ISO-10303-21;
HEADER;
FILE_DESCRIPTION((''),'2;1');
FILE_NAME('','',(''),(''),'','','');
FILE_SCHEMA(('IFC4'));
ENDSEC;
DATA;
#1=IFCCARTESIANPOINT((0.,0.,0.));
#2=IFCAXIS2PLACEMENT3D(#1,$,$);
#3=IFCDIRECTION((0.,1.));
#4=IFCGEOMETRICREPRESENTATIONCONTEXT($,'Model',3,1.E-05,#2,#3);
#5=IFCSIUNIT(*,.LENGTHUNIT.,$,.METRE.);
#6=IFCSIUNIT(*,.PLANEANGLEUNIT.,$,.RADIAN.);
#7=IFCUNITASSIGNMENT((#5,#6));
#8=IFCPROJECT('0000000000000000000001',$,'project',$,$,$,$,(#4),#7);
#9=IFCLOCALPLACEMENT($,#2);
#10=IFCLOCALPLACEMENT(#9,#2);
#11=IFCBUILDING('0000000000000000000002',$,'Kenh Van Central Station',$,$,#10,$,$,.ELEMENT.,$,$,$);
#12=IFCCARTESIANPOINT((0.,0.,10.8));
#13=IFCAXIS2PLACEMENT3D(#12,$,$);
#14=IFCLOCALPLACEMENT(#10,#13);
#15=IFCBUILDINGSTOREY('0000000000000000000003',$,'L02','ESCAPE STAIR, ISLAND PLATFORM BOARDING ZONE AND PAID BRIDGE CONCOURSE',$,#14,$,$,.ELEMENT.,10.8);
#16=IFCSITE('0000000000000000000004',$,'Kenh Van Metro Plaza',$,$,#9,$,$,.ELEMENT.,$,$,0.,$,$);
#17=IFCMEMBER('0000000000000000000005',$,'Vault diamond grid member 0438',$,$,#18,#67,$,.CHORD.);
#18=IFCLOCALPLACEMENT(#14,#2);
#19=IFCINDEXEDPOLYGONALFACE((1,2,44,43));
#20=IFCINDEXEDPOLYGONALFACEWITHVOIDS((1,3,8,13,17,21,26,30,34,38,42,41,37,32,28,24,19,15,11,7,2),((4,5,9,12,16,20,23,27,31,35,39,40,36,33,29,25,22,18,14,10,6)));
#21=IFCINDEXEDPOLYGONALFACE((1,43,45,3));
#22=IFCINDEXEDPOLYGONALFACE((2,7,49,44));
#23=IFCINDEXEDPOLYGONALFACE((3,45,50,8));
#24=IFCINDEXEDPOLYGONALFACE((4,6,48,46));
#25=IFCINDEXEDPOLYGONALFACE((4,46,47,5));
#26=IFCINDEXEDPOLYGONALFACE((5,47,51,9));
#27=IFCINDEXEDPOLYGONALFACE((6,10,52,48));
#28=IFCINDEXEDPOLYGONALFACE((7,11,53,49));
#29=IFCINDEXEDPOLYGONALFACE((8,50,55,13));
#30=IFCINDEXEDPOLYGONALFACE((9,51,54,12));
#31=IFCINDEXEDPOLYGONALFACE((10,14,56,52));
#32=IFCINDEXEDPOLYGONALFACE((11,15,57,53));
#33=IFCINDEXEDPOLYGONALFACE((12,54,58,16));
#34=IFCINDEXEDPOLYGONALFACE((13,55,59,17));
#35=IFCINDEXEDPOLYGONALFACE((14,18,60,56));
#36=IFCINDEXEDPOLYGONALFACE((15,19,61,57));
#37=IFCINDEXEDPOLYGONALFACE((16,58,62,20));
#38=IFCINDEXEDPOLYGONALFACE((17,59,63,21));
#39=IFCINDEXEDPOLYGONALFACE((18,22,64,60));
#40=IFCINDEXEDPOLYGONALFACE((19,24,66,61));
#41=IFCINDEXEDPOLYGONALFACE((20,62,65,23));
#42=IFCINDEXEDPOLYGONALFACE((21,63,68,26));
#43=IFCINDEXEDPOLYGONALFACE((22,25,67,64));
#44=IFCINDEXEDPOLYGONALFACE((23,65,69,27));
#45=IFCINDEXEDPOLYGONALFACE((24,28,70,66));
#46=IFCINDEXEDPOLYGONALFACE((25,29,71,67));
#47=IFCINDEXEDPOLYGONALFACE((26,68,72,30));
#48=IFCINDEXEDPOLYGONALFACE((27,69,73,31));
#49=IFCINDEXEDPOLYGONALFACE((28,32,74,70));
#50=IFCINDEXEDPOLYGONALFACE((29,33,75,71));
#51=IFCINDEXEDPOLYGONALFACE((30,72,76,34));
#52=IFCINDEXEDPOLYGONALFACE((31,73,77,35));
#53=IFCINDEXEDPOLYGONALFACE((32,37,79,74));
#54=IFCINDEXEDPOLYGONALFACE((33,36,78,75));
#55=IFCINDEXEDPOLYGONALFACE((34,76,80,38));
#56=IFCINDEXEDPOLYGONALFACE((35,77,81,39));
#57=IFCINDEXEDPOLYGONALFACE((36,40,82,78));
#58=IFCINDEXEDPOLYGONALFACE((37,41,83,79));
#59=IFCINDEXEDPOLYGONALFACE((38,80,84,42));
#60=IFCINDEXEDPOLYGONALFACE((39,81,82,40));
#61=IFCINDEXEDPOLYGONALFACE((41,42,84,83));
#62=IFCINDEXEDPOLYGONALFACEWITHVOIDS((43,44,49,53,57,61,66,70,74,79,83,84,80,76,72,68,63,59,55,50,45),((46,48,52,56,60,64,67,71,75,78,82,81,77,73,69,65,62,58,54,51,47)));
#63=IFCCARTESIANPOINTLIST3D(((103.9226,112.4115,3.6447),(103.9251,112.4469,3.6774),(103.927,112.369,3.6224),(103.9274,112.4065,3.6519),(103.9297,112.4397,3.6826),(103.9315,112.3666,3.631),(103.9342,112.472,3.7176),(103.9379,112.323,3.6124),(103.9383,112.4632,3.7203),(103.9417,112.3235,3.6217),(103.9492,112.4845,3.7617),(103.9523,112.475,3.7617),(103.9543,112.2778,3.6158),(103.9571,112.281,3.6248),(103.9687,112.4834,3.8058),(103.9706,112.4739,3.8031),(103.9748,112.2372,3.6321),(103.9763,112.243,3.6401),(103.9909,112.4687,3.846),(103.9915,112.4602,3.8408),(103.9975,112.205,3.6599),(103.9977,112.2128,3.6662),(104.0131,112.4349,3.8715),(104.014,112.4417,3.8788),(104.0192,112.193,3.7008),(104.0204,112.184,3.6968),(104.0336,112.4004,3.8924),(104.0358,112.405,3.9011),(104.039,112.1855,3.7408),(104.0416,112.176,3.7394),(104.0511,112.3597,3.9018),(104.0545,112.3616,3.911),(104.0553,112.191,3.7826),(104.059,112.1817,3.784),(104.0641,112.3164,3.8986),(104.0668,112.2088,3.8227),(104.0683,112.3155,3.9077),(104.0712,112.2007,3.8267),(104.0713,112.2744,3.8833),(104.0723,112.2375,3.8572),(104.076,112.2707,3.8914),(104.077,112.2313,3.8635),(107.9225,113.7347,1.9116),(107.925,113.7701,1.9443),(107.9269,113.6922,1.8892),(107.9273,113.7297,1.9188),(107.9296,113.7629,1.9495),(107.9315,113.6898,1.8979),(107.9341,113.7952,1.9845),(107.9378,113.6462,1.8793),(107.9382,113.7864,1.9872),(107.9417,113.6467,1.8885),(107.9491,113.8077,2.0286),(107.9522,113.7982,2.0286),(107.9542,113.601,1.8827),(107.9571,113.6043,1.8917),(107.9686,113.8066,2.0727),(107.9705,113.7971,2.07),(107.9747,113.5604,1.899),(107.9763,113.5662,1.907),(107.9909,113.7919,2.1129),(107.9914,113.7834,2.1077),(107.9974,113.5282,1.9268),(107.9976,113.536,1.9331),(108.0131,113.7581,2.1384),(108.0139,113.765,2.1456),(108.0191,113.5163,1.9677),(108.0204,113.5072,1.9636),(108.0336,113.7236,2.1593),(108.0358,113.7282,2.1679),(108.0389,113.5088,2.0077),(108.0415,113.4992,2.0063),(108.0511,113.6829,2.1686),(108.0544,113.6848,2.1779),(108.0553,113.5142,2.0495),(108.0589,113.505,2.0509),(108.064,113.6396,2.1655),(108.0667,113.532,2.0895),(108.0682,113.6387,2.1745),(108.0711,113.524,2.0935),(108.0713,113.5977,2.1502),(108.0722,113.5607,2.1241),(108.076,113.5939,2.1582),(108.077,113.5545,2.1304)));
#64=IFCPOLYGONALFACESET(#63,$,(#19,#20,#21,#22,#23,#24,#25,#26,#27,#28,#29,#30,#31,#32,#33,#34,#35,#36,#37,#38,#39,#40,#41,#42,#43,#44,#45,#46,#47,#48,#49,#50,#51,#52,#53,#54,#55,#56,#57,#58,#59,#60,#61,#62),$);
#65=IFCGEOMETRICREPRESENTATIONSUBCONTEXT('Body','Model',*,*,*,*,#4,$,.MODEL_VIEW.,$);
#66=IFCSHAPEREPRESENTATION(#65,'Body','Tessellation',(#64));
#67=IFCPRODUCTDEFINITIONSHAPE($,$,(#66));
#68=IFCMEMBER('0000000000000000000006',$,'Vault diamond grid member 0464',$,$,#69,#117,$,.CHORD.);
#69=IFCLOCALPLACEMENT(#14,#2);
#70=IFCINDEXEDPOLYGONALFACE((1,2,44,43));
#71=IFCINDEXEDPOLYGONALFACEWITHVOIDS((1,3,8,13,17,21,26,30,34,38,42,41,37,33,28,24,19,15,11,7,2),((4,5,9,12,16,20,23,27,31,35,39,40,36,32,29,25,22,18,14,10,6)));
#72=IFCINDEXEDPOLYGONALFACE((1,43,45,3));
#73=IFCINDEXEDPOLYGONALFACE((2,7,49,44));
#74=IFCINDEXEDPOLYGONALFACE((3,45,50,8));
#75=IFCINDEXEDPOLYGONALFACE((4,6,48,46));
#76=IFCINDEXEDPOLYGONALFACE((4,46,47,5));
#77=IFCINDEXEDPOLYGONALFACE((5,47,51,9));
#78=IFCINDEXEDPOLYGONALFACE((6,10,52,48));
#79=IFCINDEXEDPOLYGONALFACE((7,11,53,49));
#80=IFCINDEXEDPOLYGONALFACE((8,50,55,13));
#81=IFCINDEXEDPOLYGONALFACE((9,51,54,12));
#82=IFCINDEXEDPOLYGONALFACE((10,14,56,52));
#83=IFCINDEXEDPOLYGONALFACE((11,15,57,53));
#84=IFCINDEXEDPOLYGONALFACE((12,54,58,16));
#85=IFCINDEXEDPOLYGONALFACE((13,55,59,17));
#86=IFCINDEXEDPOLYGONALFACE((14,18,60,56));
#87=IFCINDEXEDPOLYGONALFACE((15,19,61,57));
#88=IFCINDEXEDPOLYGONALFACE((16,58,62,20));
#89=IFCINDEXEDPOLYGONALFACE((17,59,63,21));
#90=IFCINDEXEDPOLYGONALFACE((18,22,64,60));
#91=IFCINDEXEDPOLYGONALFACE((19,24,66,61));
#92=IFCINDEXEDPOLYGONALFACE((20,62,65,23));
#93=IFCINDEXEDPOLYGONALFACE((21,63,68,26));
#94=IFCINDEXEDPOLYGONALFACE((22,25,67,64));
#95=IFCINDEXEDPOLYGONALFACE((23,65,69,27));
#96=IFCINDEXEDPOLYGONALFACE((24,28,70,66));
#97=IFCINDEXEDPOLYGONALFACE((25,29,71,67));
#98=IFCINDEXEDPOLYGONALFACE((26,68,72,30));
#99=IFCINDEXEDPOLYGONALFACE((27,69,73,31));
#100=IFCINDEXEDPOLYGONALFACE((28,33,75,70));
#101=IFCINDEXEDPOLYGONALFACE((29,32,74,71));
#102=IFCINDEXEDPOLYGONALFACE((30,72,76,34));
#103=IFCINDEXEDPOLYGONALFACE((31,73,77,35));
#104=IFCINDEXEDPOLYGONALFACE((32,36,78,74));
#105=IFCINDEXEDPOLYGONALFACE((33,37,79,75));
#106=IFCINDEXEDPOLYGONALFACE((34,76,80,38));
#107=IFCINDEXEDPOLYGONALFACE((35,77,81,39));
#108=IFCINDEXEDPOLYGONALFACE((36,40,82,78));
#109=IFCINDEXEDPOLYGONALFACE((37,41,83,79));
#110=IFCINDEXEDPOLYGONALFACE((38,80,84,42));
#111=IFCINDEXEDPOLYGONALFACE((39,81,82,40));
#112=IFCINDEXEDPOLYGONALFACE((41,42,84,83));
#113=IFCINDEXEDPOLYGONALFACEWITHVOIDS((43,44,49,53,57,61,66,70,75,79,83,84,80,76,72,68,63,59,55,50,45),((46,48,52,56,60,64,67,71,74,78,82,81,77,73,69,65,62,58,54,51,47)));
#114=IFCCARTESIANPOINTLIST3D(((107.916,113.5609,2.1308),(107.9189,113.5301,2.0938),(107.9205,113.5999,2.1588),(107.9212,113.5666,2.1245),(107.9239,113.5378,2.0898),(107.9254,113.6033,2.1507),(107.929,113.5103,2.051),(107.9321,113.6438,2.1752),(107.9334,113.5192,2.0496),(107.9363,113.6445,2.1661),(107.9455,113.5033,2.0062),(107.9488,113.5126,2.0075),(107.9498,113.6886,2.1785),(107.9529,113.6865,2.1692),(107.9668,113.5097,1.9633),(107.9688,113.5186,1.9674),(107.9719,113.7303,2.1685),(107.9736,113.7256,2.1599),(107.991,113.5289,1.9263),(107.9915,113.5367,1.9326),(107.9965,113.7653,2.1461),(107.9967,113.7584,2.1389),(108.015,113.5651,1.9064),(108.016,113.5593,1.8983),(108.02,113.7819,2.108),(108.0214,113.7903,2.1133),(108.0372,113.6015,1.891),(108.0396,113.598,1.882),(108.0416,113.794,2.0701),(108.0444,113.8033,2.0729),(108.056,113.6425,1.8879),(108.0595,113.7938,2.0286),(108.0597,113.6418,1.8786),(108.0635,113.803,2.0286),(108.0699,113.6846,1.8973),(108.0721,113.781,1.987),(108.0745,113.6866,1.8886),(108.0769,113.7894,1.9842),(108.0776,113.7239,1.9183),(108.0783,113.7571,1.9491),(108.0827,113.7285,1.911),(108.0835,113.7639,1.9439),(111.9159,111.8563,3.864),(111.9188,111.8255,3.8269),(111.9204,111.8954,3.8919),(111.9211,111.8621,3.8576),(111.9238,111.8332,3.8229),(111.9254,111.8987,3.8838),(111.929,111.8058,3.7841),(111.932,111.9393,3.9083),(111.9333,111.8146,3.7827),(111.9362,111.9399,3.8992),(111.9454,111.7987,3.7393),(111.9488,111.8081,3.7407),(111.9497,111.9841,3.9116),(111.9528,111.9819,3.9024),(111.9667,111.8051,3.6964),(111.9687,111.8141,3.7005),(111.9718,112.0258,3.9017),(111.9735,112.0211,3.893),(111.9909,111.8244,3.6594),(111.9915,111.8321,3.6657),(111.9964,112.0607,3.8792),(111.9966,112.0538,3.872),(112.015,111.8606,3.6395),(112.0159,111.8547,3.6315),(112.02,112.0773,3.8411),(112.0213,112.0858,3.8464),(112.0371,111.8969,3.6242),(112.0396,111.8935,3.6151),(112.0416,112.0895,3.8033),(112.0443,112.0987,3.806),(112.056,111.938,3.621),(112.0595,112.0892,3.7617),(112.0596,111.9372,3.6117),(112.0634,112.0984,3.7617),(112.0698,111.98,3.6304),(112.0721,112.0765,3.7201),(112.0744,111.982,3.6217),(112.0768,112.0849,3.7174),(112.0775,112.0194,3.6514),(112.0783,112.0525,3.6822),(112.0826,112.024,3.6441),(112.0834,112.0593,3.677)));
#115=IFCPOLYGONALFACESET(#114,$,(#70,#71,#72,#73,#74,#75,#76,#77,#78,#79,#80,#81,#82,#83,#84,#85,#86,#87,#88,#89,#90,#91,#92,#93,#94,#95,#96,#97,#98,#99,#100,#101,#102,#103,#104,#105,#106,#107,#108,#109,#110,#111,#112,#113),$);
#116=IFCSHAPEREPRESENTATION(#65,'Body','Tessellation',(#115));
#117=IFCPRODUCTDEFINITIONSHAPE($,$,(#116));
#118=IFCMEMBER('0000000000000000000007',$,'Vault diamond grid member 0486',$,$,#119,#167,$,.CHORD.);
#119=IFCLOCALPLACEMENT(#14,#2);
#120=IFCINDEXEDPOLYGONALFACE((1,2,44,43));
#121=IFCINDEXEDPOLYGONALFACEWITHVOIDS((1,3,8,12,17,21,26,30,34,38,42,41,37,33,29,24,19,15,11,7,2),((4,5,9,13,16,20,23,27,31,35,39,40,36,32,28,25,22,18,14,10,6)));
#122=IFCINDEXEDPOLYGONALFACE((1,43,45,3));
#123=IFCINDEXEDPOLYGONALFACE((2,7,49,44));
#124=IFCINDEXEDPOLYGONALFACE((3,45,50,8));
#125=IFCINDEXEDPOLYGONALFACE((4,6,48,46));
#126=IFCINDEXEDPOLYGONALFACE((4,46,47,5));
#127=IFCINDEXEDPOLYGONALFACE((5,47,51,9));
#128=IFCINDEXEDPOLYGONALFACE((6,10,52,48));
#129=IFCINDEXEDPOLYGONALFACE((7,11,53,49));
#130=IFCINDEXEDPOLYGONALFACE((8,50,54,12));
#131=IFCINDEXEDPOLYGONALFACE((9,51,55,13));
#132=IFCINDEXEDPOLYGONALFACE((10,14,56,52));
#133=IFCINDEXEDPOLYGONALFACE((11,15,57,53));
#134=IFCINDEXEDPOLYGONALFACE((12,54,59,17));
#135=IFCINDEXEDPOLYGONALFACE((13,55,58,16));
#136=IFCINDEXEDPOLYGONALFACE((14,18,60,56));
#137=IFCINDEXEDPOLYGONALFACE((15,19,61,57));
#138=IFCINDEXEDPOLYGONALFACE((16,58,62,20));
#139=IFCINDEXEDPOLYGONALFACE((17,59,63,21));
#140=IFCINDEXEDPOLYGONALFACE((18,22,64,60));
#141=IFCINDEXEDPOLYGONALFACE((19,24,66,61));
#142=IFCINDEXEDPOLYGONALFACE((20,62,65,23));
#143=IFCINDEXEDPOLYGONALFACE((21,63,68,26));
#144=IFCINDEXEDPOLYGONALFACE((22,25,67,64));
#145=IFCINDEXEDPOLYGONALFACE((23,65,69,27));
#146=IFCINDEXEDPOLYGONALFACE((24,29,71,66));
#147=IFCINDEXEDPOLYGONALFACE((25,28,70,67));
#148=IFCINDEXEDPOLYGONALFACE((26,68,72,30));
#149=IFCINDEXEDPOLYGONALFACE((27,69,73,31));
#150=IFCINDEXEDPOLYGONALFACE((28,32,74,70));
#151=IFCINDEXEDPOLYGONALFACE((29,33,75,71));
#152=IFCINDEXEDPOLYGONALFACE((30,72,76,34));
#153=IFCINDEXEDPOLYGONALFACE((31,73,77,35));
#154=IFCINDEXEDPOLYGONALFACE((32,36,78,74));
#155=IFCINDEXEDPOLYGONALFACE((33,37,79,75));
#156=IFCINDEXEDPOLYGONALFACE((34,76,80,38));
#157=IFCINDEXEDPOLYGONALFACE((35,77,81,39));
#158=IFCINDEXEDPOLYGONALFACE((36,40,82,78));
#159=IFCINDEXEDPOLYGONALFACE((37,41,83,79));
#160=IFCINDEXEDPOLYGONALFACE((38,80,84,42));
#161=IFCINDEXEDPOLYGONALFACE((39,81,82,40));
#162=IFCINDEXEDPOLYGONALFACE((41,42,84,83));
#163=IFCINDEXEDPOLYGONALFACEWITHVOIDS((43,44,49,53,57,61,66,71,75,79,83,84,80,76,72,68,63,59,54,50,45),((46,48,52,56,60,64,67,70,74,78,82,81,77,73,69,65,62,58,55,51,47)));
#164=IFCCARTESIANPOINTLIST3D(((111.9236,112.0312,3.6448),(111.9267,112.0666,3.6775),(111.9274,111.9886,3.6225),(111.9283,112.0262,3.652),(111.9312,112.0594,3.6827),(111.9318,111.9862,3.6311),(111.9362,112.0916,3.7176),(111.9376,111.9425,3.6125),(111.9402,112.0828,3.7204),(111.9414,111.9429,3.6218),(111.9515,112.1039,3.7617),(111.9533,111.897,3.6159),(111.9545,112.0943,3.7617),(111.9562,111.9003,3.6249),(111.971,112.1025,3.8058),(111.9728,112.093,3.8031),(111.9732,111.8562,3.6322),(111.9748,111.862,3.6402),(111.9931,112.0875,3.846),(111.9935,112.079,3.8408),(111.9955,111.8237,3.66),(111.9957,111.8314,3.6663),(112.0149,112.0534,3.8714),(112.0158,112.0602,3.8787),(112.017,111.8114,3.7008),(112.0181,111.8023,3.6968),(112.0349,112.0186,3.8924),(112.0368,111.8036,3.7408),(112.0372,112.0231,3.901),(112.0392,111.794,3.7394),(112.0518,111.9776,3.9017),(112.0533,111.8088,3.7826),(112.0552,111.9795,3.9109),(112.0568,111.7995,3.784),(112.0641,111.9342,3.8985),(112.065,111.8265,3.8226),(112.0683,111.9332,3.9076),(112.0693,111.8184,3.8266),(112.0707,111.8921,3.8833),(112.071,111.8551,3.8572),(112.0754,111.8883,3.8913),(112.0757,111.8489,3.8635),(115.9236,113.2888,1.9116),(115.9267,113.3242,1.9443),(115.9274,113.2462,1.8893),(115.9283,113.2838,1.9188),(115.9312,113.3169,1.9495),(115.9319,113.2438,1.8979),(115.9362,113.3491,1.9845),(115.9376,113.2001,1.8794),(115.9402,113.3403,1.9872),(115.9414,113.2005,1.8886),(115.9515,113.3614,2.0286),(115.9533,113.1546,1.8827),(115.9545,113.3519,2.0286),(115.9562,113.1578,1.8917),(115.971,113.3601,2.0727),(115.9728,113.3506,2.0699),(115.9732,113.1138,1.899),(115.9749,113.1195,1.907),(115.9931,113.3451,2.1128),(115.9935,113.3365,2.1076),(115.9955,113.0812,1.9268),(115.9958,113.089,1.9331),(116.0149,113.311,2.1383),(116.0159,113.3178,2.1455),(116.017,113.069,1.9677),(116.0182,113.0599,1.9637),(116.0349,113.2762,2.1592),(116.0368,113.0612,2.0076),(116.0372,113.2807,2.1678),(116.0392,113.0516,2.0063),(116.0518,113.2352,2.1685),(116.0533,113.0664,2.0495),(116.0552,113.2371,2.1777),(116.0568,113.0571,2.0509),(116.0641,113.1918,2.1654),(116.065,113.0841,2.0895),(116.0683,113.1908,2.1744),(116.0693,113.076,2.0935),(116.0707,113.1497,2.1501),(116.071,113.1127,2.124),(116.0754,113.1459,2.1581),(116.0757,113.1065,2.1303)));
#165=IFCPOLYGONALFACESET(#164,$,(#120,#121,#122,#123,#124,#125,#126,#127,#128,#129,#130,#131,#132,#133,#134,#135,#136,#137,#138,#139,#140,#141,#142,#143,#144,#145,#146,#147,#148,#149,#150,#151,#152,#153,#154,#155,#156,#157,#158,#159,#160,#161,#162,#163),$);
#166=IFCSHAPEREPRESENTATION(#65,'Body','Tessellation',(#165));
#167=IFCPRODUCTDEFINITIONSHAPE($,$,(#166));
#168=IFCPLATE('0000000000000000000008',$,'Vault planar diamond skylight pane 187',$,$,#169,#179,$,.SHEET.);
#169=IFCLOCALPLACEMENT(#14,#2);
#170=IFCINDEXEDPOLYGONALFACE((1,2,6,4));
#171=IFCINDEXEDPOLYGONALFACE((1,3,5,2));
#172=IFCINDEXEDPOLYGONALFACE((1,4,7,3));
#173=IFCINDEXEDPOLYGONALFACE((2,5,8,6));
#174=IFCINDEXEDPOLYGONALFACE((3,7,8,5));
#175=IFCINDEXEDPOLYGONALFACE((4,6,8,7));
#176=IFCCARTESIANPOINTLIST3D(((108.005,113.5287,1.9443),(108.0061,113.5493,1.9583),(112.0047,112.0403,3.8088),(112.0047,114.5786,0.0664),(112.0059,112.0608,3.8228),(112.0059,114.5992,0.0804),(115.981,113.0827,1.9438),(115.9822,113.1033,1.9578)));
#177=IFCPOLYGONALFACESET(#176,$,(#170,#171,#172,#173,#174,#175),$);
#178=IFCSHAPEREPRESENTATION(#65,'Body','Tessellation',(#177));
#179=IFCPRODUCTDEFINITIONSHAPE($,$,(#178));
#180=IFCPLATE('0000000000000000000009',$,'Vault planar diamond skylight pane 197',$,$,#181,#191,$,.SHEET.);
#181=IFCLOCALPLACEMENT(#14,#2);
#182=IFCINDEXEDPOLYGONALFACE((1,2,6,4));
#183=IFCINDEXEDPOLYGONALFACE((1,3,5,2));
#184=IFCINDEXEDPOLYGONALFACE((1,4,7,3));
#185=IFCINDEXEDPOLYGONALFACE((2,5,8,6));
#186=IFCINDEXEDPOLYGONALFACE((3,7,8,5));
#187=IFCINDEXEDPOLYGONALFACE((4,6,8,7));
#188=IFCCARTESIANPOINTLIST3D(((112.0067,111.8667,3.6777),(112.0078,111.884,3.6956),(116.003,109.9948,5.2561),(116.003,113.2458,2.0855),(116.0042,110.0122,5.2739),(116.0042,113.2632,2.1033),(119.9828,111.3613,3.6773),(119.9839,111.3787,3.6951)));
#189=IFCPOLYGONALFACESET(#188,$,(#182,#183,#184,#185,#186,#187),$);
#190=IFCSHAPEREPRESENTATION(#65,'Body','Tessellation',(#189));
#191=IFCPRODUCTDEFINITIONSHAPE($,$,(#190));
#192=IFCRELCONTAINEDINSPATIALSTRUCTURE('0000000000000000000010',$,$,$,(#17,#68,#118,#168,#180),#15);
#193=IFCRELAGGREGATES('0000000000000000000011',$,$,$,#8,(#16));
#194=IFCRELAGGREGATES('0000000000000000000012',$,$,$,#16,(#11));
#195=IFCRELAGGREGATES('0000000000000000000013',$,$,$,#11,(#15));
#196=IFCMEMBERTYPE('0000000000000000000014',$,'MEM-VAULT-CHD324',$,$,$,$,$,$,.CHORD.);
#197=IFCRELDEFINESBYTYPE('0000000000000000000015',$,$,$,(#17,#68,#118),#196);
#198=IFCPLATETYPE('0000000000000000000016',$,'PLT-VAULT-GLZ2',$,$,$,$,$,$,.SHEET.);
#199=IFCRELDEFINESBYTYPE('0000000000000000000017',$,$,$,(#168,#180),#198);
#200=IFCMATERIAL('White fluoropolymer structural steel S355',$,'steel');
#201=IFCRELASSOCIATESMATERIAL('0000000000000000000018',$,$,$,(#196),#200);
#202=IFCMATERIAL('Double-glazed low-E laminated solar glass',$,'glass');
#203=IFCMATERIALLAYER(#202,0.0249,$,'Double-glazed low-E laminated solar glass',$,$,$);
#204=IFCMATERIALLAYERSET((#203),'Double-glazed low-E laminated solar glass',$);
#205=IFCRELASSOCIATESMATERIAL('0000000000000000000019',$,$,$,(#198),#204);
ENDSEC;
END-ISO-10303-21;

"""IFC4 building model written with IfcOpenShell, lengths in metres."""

from ifc_helpers import new_model, si_unit, direction, frame, origin, origin_2d, place, context, subcontext, project, spatial, polyline, hollow_circle, outline, extrude, material, layer, layer_set, material_profile, profile_set, type_object, element, save


model = new_model("IFC4")

# Units and contexts
model_context = context("Model", 3, precision=1e-05, world=origin(), true_north=direction((0.0, 1.0)))
body_context = subcontext(model_context, "Body", "Model", "MODEL_VIEW")
ifc_project = project(units=[si_unit("LENGTHUNIT", "METRE"), si_unit("PLANEANGLEUNIT", "RADIAN")], contexts=[model_context])

# Site, building, storey
site_placement = place(None, origin())
site = spatial("IfcSite", under=ifc_project, at=site_placement, Name="Kenh Van Metro Plaza", CompositionType="ELEMENT", RefElevation=0.0)
building_placement = place(site_placement, origin())
building = spatial("IfcBuilding", under=site, at=building_placement, Name="Kenh Van Central Station", CompositionType="ELEMENT")
storey_placement = place(building_placement, frame((0.0, 0.0, 10.8)))
storey = spatial("IfcBuildingStorey", under=building, at=storey_placement, Name="L02", Description="ESCAPE STAIR, ISLAND PLATFORM BOARDING ZONE AND PAID BRIDGE CONCOURSE", CompositionType="ELEMENT", Elevation=10.8)

# Shared definitions
ifc_material_1 = material(Name="White fluoropolymer structural steel S355", Category="steel")

# Members
ifc_material_profile_1 = material_profile(ifc_material_1, hollow_circle(Radius=0.1619, WallThickness=0.01, at=origin_2d()), Name="CHS 323.9x10")
ifc_profile_set_1 = profile_set([ifc_material_profile_1], Name="White fluoropolymer structural steel S355")
member_type_1 = type_object("IfcMemberType", Name="MEM-VAULT-CHD324", PredefinedType="CHORD", material=ifc_profile_set_1)
member_1_placement = place(storey_placement, frame((104.0, 112.3308, 3.7617), z_axis=(0.878013, 0.290456, -0.380433), x_axis=(-0.314071, 0.949399, 0.0)))
element("IfcMember", 1, at=member_1_placement, inside=storey, type_object=member_type_1, Name="Vault diamond grid member 0438", PredefinedType="CHORD", context=body_context, shape_type="SweptSolid", body=[
    extrude(hollow_circle(Radius=0.1619, WallThickness=0.01, at=origin_2d()), origin(), (0.0, 0.0, 1.0), 4.5557),
])
member_2_placement = place(storey_placement, frame((108.0, 113.6541, 2.0286), z_axis=(0.854563, -0.36417, 0.370273), x_axis=(0.392035, 0.91995, 0.0)))
element("IfcMember", 2, at=member_2_placement, inside=storey, type_object=member_type_1, Name="Vault diamond grid member 0464", PredefinedType="CHORD", context=body_context, shape_type="SweptSolid", body=[
    extrude(hollow_circle(Radius=0.1619, WallThickness=0.01, at=origin_2d()), origin(), (0.0, 0.0, 1.0), 4.6807),
])
member_3_placement = place(storey_placement, frame((112.0, 111.9495, 3.7617), z_axis=(0.88162, 0.277174, -0.381996), x_axis=(-0.299919, 0.953965, 0.0)))
element("IfcMember", 3, at=member_3_placement, inside=storey, type_object=member_type_1, Name="Vault diamond grid member 0486", PredefinedType="CHORD", context=body_context, shape_type="SweptSolid", body=[
    extrude(hollow_circle(Radius=0.1619, WallThickness=0.01, at=origin_2d()), origin(), (0.0, 0.0, 1.0), 4.5371),
])

# Plates
ifc_material_2 = material(Name="Double-glazed low-E laminated solar glass", Category="glass")
ifc_layer_1 = layer(ifc_material_2, 0.0249, Name="Double-glazed low-E laminated solar glass")
ifc_layer_set_1 = layer_set([ifc_layer_1], Name="Double-glazed low-E laminated solar glass")
plate_type_1 = type_object("IfcPlateType", Name="PLT-VAULT-GLZ2", PredefinedType="SHEET", material=ifc_layer_set_1)
plate_1_placement = place(storey_placement, frame((108.0061, 113.5493, 1.9583), z_axis=(0.046266, 0.82671, 0.560722), x_axis=(0.858821, -0.319603, 0.40035)))
element("IfcPlate", 4, at=plate_1_placement, inside=storey, type_object=plate_type_1, Name="Vault planar diamond skylight pane 187", PredefinedType="SHEET", context=body_context, shape_type="SweptSolid", body=[
    extrude(outline(polyline([(0.0, 0.0), (4.6573, 0.0), (6.9924, 3.8631), (2.3477, 3.8878), (0.0, 0.0)])), origin(), (0.0, 0.0, -1.0), 0.0249),
])
plate_2_placement = place(storey_placement, frame((112.0078, 111.884, 3.6956), z_axis=(0.04424, 0.697524, 0.715194), x_axis=(0.852687, -0.399385, 0.336773)))
element("IfcPlate", 5, at=plate_2_placement, inside=storey, type_object=plate_type_1, Name="Vault planar diamond skylight pane 197", PredefinedType="SHEET", context=body_context, shape_type="SweptSolid", body=[
    extrude(outline(polyline([(0.0, 0.0), (4.6868, 0.0), (7.0028, 3.8515), (2.3206, 3.876), (0.0, 0.0)])), origin(), (0.0, 0.0, -1.0), 0.0249),
])

save(model, "model.ifc")
